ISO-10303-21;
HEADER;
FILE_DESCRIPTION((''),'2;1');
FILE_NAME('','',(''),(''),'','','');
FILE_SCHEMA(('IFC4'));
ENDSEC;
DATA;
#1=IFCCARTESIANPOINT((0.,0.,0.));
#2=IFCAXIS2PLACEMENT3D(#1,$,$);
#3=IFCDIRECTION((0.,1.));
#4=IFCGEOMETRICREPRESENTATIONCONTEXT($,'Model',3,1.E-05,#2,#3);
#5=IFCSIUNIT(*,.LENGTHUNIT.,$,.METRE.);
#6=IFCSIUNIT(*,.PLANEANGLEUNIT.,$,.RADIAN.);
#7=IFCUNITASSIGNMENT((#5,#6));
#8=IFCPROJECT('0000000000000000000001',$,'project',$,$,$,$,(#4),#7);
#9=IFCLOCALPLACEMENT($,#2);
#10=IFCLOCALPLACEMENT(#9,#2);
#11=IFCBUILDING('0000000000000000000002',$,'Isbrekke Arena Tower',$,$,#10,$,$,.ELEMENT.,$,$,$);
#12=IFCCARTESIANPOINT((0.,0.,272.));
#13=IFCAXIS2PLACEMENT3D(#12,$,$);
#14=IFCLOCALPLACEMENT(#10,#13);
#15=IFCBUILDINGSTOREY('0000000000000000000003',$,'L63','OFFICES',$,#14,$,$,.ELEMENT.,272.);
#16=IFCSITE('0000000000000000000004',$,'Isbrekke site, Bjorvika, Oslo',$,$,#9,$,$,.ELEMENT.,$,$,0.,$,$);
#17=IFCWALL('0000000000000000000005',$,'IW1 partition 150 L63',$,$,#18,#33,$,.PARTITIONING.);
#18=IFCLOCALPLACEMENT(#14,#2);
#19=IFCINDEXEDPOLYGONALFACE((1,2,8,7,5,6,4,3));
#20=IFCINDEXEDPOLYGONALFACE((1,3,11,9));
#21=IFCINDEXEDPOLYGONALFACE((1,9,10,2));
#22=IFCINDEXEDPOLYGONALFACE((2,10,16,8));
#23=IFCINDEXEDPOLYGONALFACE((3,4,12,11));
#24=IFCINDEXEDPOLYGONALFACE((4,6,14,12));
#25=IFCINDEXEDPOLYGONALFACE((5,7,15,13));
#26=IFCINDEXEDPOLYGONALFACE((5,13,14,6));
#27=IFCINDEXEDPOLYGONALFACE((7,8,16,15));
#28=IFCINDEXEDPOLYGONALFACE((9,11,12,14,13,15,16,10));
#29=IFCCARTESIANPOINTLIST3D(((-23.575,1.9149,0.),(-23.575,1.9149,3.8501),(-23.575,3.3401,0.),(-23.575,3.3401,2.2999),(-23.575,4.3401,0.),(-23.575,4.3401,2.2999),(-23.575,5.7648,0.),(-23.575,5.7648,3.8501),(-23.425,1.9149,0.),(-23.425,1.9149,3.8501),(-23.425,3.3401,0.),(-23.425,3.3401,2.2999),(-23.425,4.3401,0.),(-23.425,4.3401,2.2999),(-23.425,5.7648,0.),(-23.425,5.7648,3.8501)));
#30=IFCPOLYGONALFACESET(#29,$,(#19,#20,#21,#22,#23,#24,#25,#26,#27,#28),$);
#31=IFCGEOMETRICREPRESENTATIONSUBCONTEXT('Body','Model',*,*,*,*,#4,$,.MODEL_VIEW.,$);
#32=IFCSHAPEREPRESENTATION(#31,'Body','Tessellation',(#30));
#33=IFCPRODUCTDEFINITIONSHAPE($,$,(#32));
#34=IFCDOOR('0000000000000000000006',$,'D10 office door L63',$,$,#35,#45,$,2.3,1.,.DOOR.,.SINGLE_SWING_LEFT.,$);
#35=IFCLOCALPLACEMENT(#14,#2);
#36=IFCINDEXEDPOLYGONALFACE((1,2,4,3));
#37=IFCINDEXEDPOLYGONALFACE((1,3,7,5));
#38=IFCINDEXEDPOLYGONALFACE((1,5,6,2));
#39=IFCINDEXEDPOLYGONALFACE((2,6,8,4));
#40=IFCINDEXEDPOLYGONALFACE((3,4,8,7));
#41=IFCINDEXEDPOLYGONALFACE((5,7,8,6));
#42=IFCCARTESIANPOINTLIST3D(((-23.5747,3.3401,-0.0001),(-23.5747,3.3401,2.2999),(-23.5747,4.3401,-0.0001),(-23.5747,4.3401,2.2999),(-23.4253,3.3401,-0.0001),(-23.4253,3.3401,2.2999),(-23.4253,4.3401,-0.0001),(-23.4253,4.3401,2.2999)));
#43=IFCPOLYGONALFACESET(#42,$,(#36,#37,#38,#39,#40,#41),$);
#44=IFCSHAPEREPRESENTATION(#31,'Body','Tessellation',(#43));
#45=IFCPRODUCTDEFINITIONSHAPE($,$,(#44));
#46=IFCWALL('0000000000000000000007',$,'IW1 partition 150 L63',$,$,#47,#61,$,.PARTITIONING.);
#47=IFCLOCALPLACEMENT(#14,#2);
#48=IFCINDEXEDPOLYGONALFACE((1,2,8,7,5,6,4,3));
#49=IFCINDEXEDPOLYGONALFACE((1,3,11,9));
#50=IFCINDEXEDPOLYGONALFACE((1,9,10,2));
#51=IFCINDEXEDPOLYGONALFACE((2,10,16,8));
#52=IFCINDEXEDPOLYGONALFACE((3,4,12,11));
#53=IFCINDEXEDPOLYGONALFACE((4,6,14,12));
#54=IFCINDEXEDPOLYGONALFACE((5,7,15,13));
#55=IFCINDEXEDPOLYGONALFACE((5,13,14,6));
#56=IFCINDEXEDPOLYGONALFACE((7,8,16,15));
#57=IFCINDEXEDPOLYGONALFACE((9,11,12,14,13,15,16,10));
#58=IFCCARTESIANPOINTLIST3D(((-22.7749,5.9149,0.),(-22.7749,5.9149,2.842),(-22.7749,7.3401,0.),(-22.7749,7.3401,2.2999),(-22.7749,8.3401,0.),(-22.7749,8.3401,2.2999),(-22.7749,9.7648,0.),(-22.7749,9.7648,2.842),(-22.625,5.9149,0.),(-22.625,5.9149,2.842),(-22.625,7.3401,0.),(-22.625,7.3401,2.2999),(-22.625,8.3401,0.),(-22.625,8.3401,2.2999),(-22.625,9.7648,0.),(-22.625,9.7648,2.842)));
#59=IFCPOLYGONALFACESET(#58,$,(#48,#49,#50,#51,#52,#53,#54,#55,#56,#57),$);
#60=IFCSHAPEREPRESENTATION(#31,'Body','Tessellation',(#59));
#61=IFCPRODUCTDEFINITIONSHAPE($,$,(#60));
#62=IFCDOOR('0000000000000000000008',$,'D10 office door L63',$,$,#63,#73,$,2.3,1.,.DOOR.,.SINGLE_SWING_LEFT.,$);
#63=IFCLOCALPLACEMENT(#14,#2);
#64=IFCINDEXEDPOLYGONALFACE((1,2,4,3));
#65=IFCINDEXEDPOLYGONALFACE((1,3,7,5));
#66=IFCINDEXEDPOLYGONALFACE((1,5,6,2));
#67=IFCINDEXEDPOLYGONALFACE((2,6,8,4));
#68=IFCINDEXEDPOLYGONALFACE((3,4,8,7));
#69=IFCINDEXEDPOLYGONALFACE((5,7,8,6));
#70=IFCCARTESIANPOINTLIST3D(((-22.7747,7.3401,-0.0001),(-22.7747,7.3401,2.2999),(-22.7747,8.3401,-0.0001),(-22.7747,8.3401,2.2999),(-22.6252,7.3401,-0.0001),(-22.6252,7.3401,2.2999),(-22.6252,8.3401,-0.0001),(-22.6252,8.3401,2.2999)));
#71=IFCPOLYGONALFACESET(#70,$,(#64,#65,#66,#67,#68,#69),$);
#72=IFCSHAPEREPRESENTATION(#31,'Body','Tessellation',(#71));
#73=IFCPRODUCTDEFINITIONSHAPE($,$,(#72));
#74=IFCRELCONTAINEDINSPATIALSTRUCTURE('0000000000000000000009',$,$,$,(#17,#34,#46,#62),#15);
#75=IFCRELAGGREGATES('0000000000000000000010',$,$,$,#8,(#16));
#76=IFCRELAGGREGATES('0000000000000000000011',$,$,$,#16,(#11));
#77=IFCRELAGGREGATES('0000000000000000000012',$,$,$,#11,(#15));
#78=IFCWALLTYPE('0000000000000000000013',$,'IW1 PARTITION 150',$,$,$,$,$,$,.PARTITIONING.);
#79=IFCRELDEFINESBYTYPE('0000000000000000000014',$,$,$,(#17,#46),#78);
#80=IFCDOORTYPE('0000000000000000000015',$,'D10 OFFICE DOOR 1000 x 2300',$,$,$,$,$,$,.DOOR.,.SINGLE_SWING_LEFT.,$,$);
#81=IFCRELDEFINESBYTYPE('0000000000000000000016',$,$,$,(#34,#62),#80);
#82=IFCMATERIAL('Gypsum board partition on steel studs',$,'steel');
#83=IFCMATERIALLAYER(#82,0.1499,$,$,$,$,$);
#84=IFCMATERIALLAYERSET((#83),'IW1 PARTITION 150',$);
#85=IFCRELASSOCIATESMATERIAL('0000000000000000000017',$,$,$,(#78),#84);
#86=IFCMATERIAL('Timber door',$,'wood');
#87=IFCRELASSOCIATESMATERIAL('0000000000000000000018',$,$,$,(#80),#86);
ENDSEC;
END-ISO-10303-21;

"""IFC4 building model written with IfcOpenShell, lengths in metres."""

from ifc_helpers import new_model, si_unit, direction, frame, frame_2d, origin, place, context, subcontext, project, spatial, rectangle, extrude, material, layer, layer_set, type_object, element, fill, save


model = new_model("IFC4")

# Units and contexts
model_context = context("Model", 3, precision=1e-05, world=origin(), true_north=direction((0.0, 1.0)))
body_context = subcontext(model_context, "Body", "Model", "MODEL_VIEW")
ifc_project = project(units=[si_unit("LENGTHUNIT", "METRE"), si_unit("PLANEANGLEUNIT", "RADIAN")], contexts=[model_context])

# Site, building, storey
site_placement = place(None, origin())
site = spatial("IfcSite", under=ifc_project, at=site_placement, Name="Isbrekke site, Bjorvika, Oslo", CompositionType="ELEMENT", RefElevation=0.0)
building_placement = place(site_placement, origin())
building = spatial("IfcBuilding", under=site, at=building_placement, Name="Isbrekke Arena Tower", CompositionType="ELEMENT")
storey_placement = place(building_placement, frame((0.0, 0.0, 272.0)))
storey = spatial("IfcBuildingStorey", under=building, at=storey_placement, Name="L63", Description="OFFICES", CompositionType="ELEMENT", Elevation=272.0)

# Shared definitions
ifc_material_1 = material(Name="Gypsum board partition on steel studs", Category="steel")
ifc_layer_1 = layer(ifc_material_1, 0.1499)
ifc_layer_set_1 = layer_set([ifc_layer_1], Name="IW1 PARTITION 150")
wall_type = type_object("IfcWallType", Name="IW1 PARTITION 150", PredefinedType="PARTITIONING", material=ifc_layer_set_1)

# Walls, openings, doors
wall_1_placement = place(storey_placement, frame((-23.5, 1.915, 0.0), z_axis=(0.0, 0.0, 1.0), x_axis=(0.0, 1.0, 0.0)))
wall_1 = element("IfcWall", 1, at=wall_1_placement, inside=storey, type_object=wall_type, Name="IW1 partition 150 L63", PredefinedType="PARTITIONING", context=body_context, shape_type="SweptSolid", body=[
    extrude(rectangle(XDim=3.8499, YDim=0.1499, at=frame_2d((1.9248, 0.0))), origin(), (0.0, 0.0, 1.0), 3.8501),
])
opening_1_placement = place(wall_1_placement, frame((1.425, 0.0, 0.0)))
opening_1 = element("IfcOpeningElement", 2, at=opening_1_placement, cuts=wall_1, PredefinedType="OPENING", context=body_context, shape_type="SweptSolid", body=[
    extrude(rectangle(XDim=1.0, YDim=2.3, at=frame_2d((0.5, 1.1499))), frame((0.0, 0.0898, 0.0), z_axis=(0.0, -1.0, 0.0), x_axis=(1.0, 0.0, 0.0)), (0.0, 0.0, 1.0), 0.1797),
])
ifc_material_2 = material(Name="Timber door", Category="wood")
door_type = type_object("IfcDoorType", Name="D10 OFFICE DOOR 1000 x 2300", OperationType="SINGLE_SWING_LEFT", PredefinedType="DOOR", material=ifc_material_2)
door_1_placement = place(opening_1_placement, origin())
door_1 = element("IfcDoor", 3, at=door_1_placement, inside=storey, type_object=door_type, Name="D10 office door L63", OperationType="SINGLE_SWING_LEFT", OverallHeight=2.3, OverallWidth=1.0, PredefinedType="DOOR", context=body_context, shape_type="SweptSolid", body=[
    extrude(rectangle(XDim=1.0, YDim=2.3, at=frame_2d((0.5, 1.1499))), frame((0.0, 0.0747, 0.0), z_axis=(0.0, -1.0, 0.0), x_axis=(1.0, 0.0, 0.0)), (0.0, 0.0, 1.0), 0.1494),
])
fill(opening_1, door_1)
wall_2_placement = place(storey_placement, frame((-22.7, 5.915, 0.0), z_axis=(0.0, 0.0, 1.0), x_axis=(0.0, 1.0, 0.0)))
wall_2 = element("IfcWall", 4, at=wall_2_placement, inside=storey, type_object=wall_type, Name="IW1 partition 150 L63", PredefinedType="PARTITIONING", context=body_context, shape_type="SweptSolid", body=[
    extrude(rectangle(XDim=3.8499, YDim=0.1499, at=frame_2d((1.9248, 0.0))), origin(), (0.0, 0.0, 1.0), 2.842),
])
opening_2_placement = place(wall_2_placement, frame((1.425, 0.0, 0.0)))
opening_2 = element("IfcOpeningElement", 5, at=opening_2_placement, cuts=wall_2, PredefinedType="OPENING", context=body_context, shape_type="SweptSolid", body=[
    extrude(rectangle(XDim=1.0, YDim=2.3, at=frame_2d((0.5, 1.1499))), frame((0.0, 0.0898, 0.0), z_axis=(0.0, -1.0, 0.0), x_axis=(1.0, 0.0, 0.0)), (0.0, 0.0, 1.0), 0.1797),
])
door_2_placement = place(opening_2_placement, origin())
door_2 = element("IfcDoor", 6, at=door_2_placement, inside=storey, type_object=door_type, Name="D10 office door L63", OperationType="SINGLE_SWING_LEFT", OverallHeight=2.3, OverallWidth=1.0, PredefinedType="DOOR", context=body_context, shape_type="SweptSolid", body=[
    extrude(rectangle(XDim=1.0, YDim=2.3, at=frame_2d((0.5, 1.1499))), frame((0.0, 0.0747, 0.0), z_axis=(0.0, -1.0, 0.0), x_axis=(1.0, 0.0, 0.0)), (0.0, 0.0, 1.0), 0.1494),
])
fill(opening_2, door_2)

save(model, "model.ifc")
